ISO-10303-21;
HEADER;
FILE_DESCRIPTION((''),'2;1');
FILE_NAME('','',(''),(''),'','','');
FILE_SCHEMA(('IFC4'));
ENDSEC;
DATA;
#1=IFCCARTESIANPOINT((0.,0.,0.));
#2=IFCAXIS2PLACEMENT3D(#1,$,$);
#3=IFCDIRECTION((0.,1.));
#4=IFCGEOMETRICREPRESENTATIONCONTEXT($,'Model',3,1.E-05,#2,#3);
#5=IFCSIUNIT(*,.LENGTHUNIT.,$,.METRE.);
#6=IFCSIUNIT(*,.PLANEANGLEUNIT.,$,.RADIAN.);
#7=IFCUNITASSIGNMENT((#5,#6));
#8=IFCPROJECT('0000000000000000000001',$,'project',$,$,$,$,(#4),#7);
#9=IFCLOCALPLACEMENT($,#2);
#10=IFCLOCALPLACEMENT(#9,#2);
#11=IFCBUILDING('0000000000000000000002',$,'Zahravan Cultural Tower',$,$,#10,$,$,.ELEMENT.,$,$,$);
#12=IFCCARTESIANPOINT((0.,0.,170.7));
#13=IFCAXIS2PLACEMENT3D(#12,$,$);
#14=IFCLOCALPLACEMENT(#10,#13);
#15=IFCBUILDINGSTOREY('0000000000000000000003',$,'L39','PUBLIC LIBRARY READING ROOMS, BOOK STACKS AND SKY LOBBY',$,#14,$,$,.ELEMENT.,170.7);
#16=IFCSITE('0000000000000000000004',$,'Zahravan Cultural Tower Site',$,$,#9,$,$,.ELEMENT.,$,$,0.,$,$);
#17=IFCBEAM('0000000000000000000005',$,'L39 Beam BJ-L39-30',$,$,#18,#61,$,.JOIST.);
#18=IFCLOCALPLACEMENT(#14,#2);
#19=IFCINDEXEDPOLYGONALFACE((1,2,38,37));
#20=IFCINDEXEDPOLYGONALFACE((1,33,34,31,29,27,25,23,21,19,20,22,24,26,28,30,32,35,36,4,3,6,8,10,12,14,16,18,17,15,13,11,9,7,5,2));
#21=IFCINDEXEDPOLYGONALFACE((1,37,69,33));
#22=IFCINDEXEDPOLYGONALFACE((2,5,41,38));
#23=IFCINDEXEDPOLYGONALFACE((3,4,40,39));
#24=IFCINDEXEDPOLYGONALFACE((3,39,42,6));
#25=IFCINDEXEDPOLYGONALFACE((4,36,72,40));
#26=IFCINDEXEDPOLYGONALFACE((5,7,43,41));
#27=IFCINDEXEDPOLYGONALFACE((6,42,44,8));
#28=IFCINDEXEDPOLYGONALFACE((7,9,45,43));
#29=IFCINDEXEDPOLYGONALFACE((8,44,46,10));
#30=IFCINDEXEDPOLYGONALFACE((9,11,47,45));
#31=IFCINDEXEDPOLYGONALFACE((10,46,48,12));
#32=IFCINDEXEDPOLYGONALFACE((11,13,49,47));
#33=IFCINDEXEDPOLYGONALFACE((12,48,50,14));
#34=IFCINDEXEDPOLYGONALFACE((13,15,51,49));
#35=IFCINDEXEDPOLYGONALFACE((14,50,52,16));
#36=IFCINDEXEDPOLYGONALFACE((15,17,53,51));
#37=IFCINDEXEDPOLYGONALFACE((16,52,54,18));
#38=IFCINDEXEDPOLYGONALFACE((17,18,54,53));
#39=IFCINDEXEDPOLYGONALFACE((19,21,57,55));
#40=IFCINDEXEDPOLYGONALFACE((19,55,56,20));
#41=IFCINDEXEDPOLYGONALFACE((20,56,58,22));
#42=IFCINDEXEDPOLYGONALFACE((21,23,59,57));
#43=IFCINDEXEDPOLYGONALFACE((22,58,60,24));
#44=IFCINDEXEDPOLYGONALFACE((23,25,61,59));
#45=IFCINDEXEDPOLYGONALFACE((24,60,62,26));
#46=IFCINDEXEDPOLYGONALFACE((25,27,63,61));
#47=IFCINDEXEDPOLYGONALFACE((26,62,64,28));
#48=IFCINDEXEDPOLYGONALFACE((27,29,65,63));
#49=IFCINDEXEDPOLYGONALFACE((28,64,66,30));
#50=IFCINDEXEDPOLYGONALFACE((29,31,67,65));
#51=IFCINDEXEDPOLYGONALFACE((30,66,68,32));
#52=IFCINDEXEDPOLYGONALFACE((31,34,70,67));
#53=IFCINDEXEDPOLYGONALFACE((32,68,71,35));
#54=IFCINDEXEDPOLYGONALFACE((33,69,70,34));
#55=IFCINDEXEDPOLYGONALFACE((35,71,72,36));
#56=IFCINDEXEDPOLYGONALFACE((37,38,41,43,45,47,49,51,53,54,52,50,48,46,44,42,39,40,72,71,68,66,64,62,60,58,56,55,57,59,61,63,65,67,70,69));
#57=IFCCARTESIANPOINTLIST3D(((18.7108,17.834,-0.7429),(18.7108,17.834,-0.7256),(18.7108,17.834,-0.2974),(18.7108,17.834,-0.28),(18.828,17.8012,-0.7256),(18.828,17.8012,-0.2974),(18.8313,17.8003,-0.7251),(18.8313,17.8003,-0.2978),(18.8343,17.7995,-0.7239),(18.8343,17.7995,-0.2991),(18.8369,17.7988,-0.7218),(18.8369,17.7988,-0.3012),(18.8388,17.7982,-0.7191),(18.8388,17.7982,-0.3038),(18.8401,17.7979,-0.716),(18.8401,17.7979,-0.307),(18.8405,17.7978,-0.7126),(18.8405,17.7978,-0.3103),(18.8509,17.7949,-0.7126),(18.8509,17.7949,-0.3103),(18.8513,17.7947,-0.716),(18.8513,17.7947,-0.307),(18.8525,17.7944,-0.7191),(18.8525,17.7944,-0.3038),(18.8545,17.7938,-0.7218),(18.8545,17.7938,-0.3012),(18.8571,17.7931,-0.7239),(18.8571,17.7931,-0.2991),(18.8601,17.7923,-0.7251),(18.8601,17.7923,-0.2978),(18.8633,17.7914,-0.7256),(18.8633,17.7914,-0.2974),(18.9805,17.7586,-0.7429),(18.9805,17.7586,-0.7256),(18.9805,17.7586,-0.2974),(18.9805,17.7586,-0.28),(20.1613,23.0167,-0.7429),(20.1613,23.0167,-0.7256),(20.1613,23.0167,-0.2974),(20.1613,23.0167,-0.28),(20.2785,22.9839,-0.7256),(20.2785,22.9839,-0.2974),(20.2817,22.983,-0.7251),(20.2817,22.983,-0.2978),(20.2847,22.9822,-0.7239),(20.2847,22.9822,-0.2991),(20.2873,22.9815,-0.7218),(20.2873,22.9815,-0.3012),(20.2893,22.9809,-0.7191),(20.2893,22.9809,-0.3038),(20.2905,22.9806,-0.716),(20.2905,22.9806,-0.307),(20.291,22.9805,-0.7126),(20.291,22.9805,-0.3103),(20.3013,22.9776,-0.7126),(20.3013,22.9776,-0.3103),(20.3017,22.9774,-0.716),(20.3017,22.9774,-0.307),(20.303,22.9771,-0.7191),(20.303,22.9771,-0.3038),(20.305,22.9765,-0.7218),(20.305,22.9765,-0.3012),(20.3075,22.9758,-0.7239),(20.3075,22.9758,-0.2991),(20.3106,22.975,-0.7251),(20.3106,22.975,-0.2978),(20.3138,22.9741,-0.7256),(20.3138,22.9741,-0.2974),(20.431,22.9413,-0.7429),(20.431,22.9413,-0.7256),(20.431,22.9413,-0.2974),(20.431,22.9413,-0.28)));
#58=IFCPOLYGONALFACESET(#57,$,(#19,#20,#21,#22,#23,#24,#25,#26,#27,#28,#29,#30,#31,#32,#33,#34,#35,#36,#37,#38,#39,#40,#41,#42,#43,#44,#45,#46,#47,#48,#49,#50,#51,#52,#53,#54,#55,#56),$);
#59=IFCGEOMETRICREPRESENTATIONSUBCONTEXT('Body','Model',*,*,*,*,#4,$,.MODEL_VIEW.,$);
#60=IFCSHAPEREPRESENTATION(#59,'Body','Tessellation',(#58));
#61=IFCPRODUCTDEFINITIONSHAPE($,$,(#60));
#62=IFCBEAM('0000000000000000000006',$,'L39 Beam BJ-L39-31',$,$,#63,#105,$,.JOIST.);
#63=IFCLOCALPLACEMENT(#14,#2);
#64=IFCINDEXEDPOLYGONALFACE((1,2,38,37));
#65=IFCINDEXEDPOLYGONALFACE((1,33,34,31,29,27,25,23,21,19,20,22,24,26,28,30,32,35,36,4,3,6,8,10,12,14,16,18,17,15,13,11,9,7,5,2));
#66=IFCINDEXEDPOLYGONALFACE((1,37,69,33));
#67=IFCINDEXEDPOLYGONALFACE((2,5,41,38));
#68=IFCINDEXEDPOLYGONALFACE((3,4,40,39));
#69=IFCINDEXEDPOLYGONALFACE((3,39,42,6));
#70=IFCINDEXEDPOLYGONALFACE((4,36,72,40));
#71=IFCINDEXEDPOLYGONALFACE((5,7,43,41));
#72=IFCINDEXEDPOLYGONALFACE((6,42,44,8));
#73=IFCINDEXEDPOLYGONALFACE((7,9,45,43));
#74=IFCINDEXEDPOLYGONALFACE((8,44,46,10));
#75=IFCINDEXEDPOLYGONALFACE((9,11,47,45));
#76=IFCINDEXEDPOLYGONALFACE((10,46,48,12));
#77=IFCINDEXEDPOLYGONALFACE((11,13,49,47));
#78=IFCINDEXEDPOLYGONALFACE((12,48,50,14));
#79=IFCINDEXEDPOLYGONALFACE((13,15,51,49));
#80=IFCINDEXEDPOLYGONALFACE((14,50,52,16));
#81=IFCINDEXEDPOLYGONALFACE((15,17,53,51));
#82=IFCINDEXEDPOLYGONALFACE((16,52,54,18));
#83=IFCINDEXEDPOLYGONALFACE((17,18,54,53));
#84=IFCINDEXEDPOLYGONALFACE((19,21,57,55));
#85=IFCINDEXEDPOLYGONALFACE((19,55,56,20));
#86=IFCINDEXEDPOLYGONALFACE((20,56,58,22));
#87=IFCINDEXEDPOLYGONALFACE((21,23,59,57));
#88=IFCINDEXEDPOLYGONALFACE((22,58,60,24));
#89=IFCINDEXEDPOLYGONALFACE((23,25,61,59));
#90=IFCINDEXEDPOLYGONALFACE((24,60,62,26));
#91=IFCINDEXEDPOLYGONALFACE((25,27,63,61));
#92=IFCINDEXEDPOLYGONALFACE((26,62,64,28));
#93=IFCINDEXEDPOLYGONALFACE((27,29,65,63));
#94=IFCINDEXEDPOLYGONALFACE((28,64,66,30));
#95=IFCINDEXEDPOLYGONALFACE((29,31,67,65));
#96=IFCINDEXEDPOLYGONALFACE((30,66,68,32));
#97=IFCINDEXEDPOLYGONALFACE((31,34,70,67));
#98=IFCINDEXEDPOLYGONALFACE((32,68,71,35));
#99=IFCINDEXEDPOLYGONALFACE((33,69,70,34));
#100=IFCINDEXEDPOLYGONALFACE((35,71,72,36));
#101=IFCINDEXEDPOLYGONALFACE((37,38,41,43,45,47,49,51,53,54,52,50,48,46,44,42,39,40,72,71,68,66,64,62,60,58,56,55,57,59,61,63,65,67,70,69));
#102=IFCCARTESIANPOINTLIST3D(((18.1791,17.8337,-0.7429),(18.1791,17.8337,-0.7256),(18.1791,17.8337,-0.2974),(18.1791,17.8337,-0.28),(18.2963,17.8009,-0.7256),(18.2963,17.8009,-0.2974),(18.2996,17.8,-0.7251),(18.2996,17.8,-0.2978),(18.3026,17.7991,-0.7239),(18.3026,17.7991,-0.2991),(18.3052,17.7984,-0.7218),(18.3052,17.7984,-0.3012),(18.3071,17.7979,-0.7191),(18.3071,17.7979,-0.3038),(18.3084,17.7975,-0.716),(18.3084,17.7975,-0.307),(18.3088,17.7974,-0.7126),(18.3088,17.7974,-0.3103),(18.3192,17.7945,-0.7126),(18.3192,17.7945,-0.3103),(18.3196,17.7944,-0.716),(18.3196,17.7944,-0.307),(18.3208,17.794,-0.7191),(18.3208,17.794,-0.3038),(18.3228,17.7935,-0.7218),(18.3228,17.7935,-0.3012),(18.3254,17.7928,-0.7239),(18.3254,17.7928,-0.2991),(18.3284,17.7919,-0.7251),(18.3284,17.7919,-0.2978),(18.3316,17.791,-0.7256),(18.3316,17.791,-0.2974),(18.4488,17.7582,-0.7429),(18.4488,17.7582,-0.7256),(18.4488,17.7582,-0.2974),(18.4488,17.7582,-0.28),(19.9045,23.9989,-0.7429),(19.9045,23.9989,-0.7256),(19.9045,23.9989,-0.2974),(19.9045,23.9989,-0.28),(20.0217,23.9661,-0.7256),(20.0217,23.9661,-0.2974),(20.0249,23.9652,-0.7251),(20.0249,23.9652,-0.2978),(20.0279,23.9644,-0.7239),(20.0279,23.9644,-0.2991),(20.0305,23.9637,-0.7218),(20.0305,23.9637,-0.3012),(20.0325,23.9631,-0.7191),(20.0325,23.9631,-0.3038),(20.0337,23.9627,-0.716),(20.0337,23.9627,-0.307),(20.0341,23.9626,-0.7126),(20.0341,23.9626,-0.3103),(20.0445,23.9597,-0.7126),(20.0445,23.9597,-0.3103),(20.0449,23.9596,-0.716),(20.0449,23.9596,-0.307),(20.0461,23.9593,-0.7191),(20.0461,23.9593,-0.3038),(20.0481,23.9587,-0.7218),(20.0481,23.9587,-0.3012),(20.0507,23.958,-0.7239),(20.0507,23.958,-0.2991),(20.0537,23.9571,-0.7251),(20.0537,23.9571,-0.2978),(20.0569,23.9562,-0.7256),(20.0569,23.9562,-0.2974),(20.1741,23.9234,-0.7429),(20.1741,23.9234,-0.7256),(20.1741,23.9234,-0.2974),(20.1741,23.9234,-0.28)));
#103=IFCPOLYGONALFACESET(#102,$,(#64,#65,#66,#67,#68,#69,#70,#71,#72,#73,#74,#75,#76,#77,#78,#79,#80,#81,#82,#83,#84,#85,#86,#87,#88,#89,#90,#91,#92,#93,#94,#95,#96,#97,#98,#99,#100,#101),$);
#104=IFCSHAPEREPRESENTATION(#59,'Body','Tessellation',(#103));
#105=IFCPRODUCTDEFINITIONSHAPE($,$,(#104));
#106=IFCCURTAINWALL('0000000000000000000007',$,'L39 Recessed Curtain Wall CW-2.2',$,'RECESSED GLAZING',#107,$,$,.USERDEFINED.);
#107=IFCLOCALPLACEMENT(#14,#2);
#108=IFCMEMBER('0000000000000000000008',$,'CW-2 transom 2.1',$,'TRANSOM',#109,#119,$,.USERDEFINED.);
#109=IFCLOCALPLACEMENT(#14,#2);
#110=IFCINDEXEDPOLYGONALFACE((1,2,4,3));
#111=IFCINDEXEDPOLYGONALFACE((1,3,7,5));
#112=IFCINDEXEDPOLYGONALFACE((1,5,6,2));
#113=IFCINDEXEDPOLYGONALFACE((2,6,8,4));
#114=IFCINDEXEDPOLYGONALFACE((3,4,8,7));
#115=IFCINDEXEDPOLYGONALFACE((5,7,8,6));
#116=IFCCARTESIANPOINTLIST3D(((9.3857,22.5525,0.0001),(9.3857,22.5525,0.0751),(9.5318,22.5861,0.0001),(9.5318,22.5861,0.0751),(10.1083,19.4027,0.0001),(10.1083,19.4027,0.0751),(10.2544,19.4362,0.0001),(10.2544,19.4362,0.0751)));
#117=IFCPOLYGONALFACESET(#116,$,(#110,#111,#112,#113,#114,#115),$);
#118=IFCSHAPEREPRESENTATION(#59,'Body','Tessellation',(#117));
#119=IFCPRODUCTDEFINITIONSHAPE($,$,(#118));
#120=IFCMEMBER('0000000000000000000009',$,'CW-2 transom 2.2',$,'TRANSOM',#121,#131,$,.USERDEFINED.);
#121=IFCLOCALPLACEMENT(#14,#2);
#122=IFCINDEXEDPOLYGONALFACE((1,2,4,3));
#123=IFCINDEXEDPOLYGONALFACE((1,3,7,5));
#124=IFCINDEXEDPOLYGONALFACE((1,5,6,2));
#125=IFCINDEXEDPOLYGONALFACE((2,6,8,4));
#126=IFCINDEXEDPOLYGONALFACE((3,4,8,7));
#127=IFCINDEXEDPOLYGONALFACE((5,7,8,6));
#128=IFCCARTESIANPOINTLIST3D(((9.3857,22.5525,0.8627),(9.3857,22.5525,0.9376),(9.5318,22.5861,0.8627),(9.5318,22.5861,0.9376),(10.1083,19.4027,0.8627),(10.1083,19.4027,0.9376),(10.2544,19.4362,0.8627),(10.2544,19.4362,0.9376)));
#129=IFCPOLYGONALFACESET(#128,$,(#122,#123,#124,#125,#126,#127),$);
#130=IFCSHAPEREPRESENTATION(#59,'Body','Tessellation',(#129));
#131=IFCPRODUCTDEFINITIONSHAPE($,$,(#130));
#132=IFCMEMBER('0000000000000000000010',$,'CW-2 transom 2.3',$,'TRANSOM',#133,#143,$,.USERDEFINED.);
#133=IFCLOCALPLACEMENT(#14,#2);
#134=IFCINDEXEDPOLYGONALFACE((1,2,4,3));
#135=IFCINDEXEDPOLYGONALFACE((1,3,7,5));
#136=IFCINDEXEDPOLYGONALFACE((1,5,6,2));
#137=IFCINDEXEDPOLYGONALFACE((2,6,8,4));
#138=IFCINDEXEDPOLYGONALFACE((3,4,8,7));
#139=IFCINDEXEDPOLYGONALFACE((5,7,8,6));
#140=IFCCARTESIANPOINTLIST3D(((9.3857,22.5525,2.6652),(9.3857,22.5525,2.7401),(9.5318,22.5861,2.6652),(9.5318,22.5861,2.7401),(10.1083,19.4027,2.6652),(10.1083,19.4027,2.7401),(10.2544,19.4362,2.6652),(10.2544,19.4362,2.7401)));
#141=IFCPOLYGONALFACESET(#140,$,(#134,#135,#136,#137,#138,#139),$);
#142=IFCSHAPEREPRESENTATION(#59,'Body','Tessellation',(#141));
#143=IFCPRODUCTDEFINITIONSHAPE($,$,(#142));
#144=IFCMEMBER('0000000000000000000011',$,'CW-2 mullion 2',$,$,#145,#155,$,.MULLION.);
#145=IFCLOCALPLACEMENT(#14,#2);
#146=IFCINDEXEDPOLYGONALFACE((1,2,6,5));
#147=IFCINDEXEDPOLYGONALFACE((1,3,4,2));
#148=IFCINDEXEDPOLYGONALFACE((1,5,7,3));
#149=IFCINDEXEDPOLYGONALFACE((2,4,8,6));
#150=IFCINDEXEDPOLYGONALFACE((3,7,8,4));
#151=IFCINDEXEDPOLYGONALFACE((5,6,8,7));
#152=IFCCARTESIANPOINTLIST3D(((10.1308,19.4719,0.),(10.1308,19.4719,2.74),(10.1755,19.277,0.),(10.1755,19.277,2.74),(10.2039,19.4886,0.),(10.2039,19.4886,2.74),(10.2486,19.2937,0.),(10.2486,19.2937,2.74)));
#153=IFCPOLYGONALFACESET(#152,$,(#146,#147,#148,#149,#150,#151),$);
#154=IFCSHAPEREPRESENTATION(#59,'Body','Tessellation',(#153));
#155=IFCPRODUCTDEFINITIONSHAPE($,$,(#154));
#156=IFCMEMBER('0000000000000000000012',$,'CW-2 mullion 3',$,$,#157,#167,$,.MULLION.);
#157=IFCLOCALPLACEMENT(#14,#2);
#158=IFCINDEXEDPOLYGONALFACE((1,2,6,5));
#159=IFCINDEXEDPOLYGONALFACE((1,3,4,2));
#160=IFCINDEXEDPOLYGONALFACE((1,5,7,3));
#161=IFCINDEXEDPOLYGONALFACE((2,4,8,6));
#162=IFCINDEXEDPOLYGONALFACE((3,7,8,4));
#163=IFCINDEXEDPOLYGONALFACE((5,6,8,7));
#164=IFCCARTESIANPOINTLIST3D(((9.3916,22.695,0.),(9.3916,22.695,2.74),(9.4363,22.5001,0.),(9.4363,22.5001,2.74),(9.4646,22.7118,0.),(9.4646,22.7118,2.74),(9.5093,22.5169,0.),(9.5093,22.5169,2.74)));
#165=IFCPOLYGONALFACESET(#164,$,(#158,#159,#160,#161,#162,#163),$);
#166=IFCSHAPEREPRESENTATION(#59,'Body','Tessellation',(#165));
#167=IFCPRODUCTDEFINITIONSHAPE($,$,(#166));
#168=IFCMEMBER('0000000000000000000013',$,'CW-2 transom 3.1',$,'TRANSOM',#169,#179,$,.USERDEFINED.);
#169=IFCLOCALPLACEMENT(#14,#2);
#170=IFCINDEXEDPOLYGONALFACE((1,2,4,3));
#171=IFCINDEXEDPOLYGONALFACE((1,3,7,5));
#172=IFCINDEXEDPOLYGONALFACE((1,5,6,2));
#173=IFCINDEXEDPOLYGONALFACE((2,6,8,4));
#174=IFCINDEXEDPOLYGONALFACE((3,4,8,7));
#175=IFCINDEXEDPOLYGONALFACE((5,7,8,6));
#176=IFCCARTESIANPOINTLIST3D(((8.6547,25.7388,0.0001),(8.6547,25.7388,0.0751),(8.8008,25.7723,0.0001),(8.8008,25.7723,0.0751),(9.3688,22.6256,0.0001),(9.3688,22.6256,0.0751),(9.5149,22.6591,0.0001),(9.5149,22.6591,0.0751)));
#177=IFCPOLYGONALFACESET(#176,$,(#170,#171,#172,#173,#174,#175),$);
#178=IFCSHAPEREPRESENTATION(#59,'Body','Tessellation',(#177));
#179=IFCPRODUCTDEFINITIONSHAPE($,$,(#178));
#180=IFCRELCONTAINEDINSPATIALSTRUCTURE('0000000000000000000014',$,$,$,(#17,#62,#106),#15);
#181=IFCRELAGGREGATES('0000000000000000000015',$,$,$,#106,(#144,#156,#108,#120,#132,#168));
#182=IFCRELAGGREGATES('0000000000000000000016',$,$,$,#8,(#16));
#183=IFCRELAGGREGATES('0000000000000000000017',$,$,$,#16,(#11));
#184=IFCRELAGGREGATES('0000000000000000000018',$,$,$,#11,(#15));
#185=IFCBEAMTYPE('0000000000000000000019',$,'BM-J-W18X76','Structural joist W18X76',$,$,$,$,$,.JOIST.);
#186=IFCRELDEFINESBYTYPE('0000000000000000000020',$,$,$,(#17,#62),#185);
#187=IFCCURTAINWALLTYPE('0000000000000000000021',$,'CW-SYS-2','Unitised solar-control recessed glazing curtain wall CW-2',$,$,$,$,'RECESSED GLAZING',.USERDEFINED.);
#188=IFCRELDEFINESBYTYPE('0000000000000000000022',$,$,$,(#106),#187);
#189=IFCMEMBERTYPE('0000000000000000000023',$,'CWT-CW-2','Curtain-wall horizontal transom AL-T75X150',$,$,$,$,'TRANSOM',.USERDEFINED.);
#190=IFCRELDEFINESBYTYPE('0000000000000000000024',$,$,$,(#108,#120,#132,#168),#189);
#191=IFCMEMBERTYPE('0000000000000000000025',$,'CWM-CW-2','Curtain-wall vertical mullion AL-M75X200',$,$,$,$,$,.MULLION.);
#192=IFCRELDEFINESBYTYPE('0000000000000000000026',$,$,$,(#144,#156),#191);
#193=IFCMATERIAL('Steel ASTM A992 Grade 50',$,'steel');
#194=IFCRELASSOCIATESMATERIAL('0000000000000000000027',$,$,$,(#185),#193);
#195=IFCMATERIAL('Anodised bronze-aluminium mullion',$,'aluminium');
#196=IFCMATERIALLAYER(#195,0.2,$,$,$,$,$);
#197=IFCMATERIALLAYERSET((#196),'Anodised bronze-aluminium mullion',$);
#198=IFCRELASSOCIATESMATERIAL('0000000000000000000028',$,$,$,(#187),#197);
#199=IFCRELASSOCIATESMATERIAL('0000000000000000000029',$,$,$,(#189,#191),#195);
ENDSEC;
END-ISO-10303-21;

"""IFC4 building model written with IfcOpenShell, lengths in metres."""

from ifc_helpers import new_model, si_unit, direction, frame, origin, origin_2d, place, context, subcontext, project, spatial, rectangle, i_section, extrude, source, transform, mapped, material, layer, layer_set, material_profile, profile_set, type_object, element, aggregate, save


model = new_model("IFC4")

# Units and contexts
model_context = context("Model", 3, precision=1e-05, world=origin(), true_north=direction((0.0, 1.0)))
body_context = subcontext(model_context, "Body", "Model", "MODEL_VIEW")
ifc_project = project(units=[si_unit("LENGTHUNIT", "METRE"), si_unit("PLANEANGLEUNIT", "RADIAN")], contexts=[model_context])

# Site, building, storey
site_placement = place(None, origin())
site = spatial("IfcSite", under=ifc_project, at=site_placement, Name="Zahravan Cultural Tower Site", CompositionType="ELEMENT", RefElevation=0.0)
building_placement = place(site_placement, origin())
building = spatial("IfcBuilding", under=site, at=building_placement, Name="Zahravan Cultural Tower", CompositionType="ELEMENT")
storey_placement = place(building_placement, frame((0.0, 0.0, 170.7)))
storey = spatial("IfcBuildingStorey", under=building, at=storey_placement, Name="L39", Description="PUBLIC LIBRARY READING ROOMS, BOOK STACKS AND SKY LOBBY", CompositionType="ELEMENT", Elevation=170.7)

# Shared definitions
ifc_material_1 = material(Name="Steel ASTM A992 Grade 50", Category="steel")

# Beams
ifc_material_profile_1 = material_profile(ifc_material_1, i_section(OverallWidth=0.28, OverallDepth=0.4629, WebThickness=0.0107, FlangeThickness=0.0173, FilletRadius=0.0129, at=origin_2d()), Name="W18X76")
ifc_profile_set_1 = profile_set([ifc_material_profile_1], Name="Steel ASTM A992 Grade 50")
beam_type_1 = type_object("IfcBeamType", Name="BM-J-W18X76", Description="Structural joist W18X76", PredefinedType="JOIST", material=ifc_profile_set_1)
shared_shape_1 = source(origin(), body_context, "Body", "SweptSolid", [
    extrude(i_section(OverallWidth=0.28, OverallDepth=0.4629, WebThickness=0.0107, FlangeThickness=0.0173, FilletRadius=0.0129, at=origin_2d()), origin(), (0.0, 0.0, 1.0), 5.3818),
])
beam_1_placement = place(storey_placement, frame((20.2961, 22.979, -0.5115), z_axis=(-0.26951, -0.962997, 0.0), x_axis=(0.962997, -0.26951, 0.0)))
element("IfcBeam", 1, at=beam_1_placement, inside=storey, type_object=beam_type_1, Name="L39 Beam BJ-L39-30", PredefinedType="JOIST", context=body_context, shape_type="MappedRepresentation", body=[
    mapped(shared_shape_1, transform((0.0, 0.0, 0.0), x_axis=(1.0, 0.0, 0.0), y_axis=(0.0, 1.0, 0.0), z_axis=(0.0, 0.0, 1.0), scale=1.0)),
])
shared_shape_2 = source(origin(), body_context, "Body", "SweptSolid", [
    extrude(i_section(OverallWidth=0.28, OverallDepth=0.4629, WebThickness=0.0107, FlangeThickness=0.0173, FilletRadius=0.0129, at=origin_2d()), origin(), (0.0, 0.0, 1.0), 6.4021),
])
beam_2_placement = place(storey_placement, frame((20.0393, 23.9612, -0.5115), z_axis=(-0.269494, -0.963002, 0.0), x_axis=(0.963002, -0.269494, 0.0)))
element("IfcBeam", 2, at=beam_2_placement, inside=storey, type_object=beam_type_1, Name="L39 Beam BJ-L39-31", PredefinedType="JOIST", context=body_context, shape_type="MappedRepresentation", body=[
    mapped(shared_shape_2, transform((0.0, 0.0, 0.0), x_axis=(1.0, 0.0, 0.0), y_axis=(0.0, 1.0, 0.0), z_axis=(0.0, 0.0, 1.0), scale=1.0)),
])

# Curtain wall, members
ifc_material_2 = material(Name="Anodised bronze-aluminium mullion", Category="aluminium")
ifc_layer_1 = layer(ifc_material_2, 0.2)
ifc_layer_set_1 = layer_set([ifc_layer_1], Name="Anodised bronze-aluminium mullion")
curtain_wall_type = type_object("IfcCurtainWallType", Name="CW-SYS-2", Description="Unitised solar-control recessed glazing curtain wall CW-2", ElementType="RECESSED GLAZING", PredefinedType="USERDEFINED", material=ifc_layer_set_1)
curtain_wall_placement = place(storey_placement, origin())
curtain_wall = element("IfcCurtainWall", 3, at=curtain_wall_placement, inside=storey, type_object=curtain_wall_type, Name="L39 Recessed Curtain Wall CW-2.2", ObjectType="RECESSED GLAZING", PredefinedType="USERDEFINED")
ifc_material_profile_2 = material_profile(ifc_material_2, rectangle(XDim=0.1499, YDim=0.075, at=origin_2d()), Name="AL-T75X150")
ifc_profile_set_2 = profile_set([ifc_material_profile_2], Name="Anodised bronze-aluminium mullion")
member_type_1 = type_object("IfcMemberType", Name="CWT-CW-2", Description="Curtain-wall horizontal transom AL-T75X150", ElementType="TRANSOM", PredefinedType="USERDEFINED", material=ifc_profile_set_2)
shared_shape_3 = source(origin(), body_context, "Body", "SweptSolid", [
    extrude(rectangle(XDim=0.1499, YDim=0.075, at=origin_2d()), origin(), (0.0, 0.0, 1.0), 3.2317),
])
member_1_placement = place(storey_placement, frame((10.1814, 19.4194, 0.0376), z_axis=(-0.223612, 0.974678, 0.0), x_axis=(-0.974678, -0.223612, 0.0)))
member_1 = element("IfcMember", 4, at=member_1_placement, type_object=member_type_1, Name="CW-2 transom 2.1", ObjectType="TRANSOM", PredefinedType="USERDEFINED", context=body_context, shape_type="MappedRepresentation", body=[
    mapped(shared_shape_3, transform((0.0, 0.0, 0.0), x_axis=(1.0, 0.0, 0.0), y_axis=(0.0, 1.0, 0.0), z_axis=(0.0, 0.0, 1.0), scale=1.0)),
])
member_2_placement = place(storey_placement, frame((10.1814, 19.4194, 0.9001), z_axis=(-0.223612, 0.974678, 0.0), x_axis=(-0.974678, -0.223612, 0.0)))
member_2 = element("IfcMember", 5, at=member_2_placement, type_object=member_type_1, Name="CW-2 transom 2.2", ObjectType="TRANSOM", PredefinedType="USERDEFINED", context=body_context, shape_type="MappedRepresentation", body=[
    mapped(shared_shape_3, transform((0.0, 0.0, 0.0), x_axis=(1.0, 0.0, 0.0), y_axis=(0.0, 1.0, 0.0), z_axis=(0.0, 0.0, 1.0), scale=1.0)),
])
member_3_placement = place(storey_placement, frame((10.1814, 19.4194, 2.7026), z_axis=(-0.223612, 0.974678, 0.0), x_axis=(-0.974678, -0.223612, 0.0)))
member_3 = element("IfcMember", 6, at=member_3_placement, type_object=member_type_1, Name="CW-2 transom 2.3", ObjectType="TRANSOM", PredefinedType="USERDEFINED", context=body_context, shape_type="MappedRepresentation", body=[
    mapped(shared_shape_3, transform((0.0, 0.0, 0.0), x_axis=(1.0, 0.0, 0.0), y_axis=(0.0, 1.0, 0.0), z_axis=(0.0, 0.0, 1.0), scale=1.0)),
])
ifc_material_profile_3 = material_profile(ifc_material_2, rectangle(XDim=0.075, YDim=0.2, at=origin_2d()), Name="AL-M75X200")
ifc_profile_set_3 = profile_set([ifc_material_profile_3], Name="Anodised bronze-aluminium mullion")
member_type_2 = type_object("IfcMemberType", Name="CWM-CW-2", Description="Curtain-wall vertical mullion AL-M75X200", PredefinedType="MULLION", material=ifc_profile_set_3)
shared_shape_4 = source(origin(), body_context, "Body", "SweptSolid", [
    extrude(rectangle(XDim=0.075, YDim=0.2, at=origin_2d()), origin(), (0.0, 0.0, 1.0), 2.74),
])
member_4_placement = place(storey_placement, frame((10.1897, 19.3828, 0.0), z_axis=(0.0, 0.0, 1.0), x_axis=(-0.974681, -0.2236, 0.0)))
member_4 = element("IfcMember", 7, at=member_4_placement, type_object=member_type_2, Name="CW-2 mullion 2", PredefinedType="MULLION", context=body_context, shape_type="MappedRepresentation", body=[
    mapped(shared_shape_4, transform((0.0, 0.0, 0.0), x_axis=(1.0, 0.0, 0.0), y_axis=(0.0, 1.0, 0.0), z_axis=(0.0, 0.0, 1.0), scale=1.0)),
])
member_5_placement = place(storey_placement, frame((9.4504, 22.606, 0.0), z_axis=(0.0, 0.0, 1.0), x_axis=(-0.974681, -0.2236, 0.0)))
member_5 = element("IfcMember", 8, at=member_5_placement, type_object=member_type_2, Name="CW-2 mullion 3", PredefinedType="MULLION", context=body_context, shape_type="MappedRepresentation", body=[
    mapped(shared_shape_4, transform((0.0, 0.0, 0.0), x_axis=(1.0, 0.0, 0.0), y_axis=(0.0, 1.0, 0.0), z_axis=(0.0, 0.0, 1.0), scale=1.0)),
])
shared_shape_5 = source(origin(), body_context, "Body", "SweptSolid", [
    extrude(rectangle(XDim=0.1499, YDim=0.075, at=origin_2d()), origin(), (0.0, 0.0, 1.0), 3.1941),
])
member_6_placement = place(storey_placement, frame((9.4419, 22.6423, 0.0376), z_axis=(-0.22357, 0.974688, 0.0), x_axis=(-0.974688, -0.22357, 0.0)))
member_6 = element("IfcMember", 9, at=member_6_placement, type_object=member_type_1, Name="CW-2 transom 3.1", ObjectType="TRANSOM", PredefinedType="USERDEFINED", context=body_context, shape_type="MappedRepresentation", body=[
    mapped(shared_shape_5, transform((0.0, 0.0, 0.0), x_axis=(1.0, 0.0, 0.0), y_axis=(0.0, 1.0, 0.0), z_axis=(0.0, 0.0, 1.0), scale=1.0)),
])
aggregate(curtain_wall, [member_4, member_5, member_1, member_2, member_3, member_6])

save(model, "model.ifc")
